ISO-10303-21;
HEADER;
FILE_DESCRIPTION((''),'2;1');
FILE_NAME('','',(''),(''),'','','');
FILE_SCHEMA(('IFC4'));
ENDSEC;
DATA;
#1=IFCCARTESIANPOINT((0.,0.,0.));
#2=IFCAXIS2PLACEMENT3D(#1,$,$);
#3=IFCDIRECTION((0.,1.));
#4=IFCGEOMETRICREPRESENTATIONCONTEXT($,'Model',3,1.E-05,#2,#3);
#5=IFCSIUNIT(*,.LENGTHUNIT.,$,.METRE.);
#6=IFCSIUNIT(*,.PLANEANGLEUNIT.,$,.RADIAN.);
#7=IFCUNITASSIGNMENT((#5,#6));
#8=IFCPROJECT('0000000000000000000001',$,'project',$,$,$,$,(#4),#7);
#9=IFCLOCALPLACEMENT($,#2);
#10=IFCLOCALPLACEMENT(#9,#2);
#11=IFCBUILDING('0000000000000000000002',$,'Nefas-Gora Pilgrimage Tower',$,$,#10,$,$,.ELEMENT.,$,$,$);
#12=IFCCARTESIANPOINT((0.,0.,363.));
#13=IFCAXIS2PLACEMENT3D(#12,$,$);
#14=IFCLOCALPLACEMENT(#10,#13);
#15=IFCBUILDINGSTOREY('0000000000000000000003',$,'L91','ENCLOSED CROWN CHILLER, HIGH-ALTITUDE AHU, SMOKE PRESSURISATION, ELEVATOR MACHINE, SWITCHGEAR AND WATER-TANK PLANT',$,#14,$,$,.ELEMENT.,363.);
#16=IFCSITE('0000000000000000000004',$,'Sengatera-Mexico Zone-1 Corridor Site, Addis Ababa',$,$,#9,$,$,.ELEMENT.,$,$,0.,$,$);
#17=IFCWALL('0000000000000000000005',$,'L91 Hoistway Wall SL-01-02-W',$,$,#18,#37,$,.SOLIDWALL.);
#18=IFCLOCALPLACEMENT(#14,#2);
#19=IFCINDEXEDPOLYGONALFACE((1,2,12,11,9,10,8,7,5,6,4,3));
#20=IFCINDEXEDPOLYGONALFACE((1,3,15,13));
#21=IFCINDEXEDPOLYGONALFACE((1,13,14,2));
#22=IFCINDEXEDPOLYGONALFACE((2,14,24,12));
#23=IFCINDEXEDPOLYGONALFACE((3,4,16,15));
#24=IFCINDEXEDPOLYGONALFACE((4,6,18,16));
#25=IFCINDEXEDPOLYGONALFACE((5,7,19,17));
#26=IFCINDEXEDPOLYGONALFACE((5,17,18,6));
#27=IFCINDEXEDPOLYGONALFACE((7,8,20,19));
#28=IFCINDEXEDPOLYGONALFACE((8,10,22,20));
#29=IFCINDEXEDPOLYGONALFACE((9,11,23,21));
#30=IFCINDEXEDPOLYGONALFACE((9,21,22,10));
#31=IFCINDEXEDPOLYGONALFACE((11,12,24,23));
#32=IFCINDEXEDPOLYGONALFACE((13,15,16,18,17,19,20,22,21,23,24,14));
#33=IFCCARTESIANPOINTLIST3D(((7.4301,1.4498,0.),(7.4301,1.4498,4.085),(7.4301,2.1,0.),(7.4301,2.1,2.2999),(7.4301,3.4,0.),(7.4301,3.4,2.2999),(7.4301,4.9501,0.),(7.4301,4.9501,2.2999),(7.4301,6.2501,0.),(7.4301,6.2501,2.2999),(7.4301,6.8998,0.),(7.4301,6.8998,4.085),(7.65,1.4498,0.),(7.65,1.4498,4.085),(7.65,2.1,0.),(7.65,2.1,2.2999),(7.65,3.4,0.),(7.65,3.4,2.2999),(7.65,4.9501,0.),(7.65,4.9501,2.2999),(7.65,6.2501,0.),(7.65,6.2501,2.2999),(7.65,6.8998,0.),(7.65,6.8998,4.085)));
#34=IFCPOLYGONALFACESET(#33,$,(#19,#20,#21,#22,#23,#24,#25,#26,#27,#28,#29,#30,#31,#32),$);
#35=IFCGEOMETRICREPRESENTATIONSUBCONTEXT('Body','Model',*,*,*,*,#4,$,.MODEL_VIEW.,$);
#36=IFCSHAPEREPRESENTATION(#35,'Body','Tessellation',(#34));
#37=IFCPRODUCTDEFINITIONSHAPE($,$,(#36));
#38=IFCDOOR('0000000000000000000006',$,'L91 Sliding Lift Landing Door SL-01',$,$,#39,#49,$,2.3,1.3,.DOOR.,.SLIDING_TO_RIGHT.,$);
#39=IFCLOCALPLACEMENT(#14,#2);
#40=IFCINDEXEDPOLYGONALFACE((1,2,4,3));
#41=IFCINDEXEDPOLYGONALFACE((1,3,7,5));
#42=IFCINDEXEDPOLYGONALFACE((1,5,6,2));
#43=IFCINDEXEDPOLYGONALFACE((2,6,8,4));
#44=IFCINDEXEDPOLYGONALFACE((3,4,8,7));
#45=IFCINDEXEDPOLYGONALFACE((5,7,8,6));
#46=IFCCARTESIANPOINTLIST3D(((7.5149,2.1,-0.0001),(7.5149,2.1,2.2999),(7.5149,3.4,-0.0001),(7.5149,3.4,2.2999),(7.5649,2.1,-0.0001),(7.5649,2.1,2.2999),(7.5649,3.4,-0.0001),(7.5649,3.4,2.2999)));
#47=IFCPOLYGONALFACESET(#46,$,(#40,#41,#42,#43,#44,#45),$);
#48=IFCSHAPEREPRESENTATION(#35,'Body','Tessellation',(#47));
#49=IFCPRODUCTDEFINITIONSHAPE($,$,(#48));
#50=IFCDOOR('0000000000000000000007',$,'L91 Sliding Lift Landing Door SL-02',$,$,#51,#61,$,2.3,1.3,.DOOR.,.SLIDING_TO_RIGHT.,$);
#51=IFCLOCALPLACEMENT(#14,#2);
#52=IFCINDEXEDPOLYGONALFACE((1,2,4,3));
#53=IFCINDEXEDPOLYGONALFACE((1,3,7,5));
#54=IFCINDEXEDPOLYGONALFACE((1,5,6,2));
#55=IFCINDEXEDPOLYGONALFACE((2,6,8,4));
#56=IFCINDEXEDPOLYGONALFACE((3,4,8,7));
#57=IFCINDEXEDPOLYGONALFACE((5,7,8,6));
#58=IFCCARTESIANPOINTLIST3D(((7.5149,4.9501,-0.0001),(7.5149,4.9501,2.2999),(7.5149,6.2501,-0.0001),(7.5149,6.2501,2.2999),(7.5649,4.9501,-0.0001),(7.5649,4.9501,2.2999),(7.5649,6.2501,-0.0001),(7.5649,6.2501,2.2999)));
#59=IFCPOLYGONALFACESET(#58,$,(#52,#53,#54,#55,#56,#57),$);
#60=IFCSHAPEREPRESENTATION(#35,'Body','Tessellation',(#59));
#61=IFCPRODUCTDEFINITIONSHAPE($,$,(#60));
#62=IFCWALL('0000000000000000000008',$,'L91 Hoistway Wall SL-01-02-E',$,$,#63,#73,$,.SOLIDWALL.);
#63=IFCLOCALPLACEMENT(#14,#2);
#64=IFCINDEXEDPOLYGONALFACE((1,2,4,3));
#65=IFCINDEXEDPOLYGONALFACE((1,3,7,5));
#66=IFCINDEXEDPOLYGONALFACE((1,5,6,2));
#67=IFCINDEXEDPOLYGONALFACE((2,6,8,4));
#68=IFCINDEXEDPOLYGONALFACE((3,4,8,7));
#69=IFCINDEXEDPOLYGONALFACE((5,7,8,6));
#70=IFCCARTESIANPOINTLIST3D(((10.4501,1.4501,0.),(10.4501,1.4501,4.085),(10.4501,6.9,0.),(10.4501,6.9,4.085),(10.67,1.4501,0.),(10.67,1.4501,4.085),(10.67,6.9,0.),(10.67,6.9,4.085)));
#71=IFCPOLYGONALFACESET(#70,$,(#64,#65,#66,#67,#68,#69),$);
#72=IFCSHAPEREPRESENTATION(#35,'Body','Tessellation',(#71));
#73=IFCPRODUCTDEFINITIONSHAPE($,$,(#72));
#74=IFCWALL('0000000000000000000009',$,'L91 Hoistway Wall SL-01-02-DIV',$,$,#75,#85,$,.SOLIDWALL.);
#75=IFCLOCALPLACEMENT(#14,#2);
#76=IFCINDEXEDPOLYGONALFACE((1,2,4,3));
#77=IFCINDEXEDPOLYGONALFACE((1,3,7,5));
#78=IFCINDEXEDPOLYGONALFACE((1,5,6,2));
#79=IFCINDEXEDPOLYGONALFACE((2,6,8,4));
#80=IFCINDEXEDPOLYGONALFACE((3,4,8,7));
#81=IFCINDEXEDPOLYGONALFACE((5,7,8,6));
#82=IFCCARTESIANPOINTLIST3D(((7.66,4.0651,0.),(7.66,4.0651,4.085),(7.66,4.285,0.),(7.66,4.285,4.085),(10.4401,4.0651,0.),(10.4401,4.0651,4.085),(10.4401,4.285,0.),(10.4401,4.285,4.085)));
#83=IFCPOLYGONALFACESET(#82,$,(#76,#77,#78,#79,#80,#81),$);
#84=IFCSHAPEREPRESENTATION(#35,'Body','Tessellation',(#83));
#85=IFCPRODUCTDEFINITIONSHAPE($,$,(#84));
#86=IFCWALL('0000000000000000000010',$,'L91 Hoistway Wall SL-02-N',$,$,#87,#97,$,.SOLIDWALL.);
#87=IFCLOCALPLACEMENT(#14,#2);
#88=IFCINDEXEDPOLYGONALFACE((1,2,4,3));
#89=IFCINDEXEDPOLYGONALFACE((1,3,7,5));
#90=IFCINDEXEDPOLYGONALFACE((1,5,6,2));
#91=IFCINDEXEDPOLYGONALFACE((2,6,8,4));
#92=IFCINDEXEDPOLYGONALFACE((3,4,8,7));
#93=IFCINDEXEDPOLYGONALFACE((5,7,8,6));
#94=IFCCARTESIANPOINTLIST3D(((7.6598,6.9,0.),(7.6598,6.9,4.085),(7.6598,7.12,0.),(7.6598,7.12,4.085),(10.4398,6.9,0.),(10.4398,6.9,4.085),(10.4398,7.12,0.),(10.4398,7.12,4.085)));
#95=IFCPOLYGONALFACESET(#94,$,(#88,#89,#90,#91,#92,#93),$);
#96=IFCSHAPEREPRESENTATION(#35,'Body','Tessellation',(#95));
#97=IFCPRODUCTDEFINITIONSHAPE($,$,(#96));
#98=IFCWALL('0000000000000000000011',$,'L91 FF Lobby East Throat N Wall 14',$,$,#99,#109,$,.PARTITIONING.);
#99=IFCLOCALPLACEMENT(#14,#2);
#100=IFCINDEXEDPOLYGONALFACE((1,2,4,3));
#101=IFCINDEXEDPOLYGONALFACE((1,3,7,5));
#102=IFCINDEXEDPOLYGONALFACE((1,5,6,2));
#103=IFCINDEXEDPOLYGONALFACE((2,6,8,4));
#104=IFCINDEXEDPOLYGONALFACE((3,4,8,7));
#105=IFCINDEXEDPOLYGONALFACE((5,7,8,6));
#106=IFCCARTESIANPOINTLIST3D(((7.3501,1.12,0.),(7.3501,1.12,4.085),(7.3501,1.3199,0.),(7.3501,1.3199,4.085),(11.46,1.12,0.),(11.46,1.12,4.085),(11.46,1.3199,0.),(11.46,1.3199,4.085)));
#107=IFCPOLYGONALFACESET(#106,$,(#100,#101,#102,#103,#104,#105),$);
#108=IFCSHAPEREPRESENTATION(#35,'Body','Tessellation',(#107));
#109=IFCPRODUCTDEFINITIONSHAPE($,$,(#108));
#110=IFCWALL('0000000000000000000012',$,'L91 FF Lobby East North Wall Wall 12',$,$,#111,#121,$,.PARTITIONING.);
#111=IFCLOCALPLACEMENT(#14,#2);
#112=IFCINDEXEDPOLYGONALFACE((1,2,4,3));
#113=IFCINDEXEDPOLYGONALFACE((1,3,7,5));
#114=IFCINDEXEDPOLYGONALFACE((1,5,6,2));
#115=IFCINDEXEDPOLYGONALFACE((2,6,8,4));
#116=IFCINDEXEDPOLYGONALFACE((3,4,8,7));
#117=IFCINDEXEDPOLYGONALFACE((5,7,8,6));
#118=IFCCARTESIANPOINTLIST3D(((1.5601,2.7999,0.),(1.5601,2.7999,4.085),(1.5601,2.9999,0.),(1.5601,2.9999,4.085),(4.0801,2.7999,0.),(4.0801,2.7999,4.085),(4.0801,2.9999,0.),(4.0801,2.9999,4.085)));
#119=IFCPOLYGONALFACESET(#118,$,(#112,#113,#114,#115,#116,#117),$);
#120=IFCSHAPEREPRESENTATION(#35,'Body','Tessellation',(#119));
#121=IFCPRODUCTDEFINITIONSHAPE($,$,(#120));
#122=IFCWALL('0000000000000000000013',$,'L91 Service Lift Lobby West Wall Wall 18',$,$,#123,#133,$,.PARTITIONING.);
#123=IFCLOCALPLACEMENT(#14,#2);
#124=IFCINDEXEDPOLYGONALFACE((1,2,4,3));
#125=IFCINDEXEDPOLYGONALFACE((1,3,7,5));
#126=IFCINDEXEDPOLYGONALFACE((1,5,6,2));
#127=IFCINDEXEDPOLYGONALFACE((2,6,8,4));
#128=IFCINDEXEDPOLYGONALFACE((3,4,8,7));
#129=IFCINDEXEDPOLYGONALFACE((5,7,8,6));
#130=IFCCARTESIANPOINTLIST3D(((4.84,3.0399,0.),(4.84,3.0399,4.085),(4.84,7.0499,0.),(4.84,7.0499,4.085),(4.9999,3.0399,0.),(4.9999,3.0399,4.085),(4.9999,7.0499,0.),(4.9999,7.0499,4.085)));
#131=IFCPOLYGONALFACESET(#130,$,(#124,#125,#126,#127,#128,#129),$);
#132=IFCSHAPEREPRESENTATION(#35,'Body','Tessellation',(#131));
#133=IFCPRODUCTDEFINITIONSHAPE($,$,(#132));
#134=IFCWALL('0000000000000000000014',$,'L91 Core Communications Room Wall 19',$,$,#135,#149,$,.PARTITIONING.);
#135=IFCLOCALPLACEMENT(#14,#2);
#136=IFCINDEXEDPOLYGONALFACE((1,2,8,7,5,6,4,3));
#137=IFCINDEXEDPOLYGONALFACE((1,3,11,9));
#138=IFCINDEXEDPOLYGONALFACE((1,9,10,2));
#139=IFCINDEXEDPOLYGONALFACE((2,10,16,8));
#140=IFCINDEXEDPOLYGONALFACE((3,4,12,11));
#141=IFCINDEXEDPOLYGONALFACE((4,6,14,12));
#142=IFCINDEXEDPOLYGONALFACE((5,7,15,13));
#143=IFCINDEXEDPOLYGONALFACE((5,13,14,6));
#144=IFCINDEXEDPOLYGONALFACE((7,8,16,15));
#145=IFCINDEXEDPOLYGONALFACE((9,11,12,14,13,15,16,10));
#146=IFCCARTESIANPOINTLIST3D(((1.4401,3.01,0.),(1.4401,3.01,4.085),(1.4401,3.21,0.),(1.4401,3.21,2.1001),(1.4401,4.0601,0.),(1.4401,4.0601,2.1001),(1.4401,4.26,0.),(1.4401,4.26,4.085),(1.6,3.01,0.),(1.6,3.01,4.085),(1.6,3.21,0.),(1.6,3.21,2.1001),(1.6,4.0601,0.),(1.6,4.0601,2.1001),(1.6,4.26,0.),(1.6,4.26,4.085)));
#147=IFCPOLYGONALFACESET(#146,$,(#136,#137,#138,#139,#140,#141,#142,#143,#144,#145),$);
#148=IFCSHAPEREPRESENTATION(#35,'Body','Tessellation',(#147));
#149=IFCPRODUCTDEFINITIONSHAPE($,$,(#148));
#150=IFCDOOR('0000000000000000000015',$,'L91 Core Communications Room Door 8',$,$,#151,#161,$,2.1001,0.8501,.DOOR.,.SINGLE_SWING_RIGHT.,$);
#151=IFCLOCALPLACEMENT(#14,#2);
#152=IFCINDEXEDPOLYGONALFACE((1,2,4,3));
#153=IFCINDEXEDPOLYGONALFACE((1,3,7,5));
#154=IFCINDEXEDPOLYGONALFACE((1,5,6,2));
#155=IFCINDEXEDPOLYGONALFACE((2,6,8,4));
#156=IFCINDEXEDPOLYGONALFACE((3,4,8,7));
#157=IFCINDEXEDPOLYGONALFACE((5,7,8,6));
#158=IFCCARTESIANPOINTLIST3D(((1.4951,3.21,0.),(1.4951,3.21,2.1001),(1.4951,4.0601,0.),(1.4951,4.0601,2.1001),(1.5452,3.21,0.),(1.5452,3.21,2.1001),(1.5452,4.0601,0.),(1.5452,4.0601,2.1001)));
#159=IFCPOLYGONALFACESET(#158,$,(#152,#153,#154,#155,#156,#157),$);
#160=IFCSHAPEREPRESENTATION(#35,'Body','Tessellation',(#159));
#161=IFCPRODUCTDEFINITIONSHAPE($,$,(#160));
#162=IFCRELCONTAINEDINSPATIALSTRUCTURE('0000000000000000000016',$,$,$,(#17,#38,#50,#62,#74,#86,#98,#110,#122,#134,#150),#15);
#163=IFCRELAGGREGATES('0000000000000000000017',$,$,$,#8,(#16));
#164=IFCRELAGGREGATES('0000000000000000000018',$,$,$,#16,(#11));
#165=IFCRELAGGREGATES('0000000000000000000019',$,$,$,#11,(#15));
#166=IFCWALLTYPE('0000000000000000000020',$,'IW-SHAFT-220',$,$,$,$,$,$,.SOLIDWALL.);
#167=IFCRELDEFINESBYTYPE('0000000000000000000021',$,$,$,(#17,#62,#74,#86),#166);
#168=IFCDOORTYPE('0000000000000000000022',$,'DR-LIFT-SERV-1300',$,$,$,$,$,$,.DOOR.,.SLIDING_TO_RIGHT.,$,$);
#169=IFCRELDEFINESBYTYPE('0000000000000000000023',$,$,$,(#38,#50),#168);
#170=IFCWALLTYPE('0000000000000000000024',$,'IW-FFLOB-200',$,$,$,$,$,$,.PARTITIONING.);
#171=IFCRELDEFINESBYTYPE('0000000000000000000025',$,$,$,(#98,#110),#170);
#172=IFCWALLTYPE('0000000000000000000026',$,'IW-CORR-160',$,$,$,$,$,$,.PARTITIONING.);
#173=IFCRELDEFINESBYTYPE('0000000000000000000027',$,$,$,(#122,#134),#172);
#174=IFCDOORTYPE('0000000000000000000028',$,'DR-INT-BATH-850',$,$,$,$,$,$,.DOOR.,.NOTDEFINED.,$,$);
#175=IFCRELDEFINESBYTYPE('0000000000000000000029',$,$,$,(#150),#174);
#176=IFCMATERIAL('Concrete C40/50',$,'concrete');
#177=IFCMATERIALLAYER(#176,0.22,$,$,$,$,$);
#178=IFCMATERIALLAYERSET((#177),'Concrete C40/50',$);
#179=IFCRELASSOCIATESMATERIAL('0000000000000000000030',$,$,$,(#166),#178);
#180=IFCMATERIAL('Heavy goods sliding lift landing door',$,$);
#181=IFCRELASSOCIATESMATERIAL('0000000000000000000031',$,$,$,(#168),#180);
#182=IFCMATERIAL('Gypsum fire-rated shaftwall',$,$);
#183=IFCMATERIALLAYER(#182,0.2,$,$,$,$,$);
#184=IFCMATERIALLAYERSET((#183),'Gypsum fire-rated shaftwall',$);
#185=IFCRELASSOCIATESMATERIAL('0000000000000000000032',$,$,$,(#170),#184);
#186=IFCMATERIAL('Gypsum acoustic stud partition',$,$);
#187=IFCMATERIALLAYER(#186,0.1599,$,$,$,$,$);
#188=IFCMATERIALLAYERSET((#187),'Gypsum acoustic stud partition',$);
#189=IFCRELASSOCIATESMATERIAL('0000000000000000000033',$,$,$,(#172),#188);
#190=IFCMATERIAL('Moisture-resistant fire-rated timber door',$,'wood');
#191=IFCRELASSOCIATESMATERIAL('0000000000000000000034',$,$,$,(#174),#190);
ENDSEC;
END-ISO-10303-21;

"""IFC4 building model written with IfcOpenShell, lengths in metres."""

from ifc_helpers import new_model, si_unit, direction, frame, frame_2d, origin, place, context, subcontext, project, spatial, rectangle, extrude, source, transform, mapped, material, layer, layer_set, type_object, element, fill, save


model = new_model("IFC4")

# Units and contexts
model_context = context("Model", 3, precision=1e-05, world=origin(), true_north=direction((0.0, 1.0)))
body_context = subcontext(model_context, "Body", "Model", "MODEL_VIEW")
ifc_project = project(units=[si_unit("LENGTHUNIT", "METRE"), si_unit("PLANEANGLEUNIT", "RADIAN")], contexts=[model_context])

# Site, building, storey
site_placement = place(None, origin())
site = spatial("IfcSite", under=ifc_project, at=site_placement, Name="Sengatera-Mexico Zone-1 Corridor Site, Addis Ababa", CompositionType="ELEMENT", RefElevation=0.0)
building_placement = place(site_placement, origin())
building = spatial("IfcBuilding", under=site, at=building_placement, Name="Nefas-Gora Pilgrimage Tower", CompositionType="ELEMENT")
storey_placement = place(building_placement, frame((0.0, 0.0, 363.0)))
storey = spatial("IfcBuildingStorey", under=building, at=storey_placement, Name="L91", Description="ENCLOSED CROWN CHILLER, HIGH-ALTITUDE AHU, SMOKE PRESSURISATION, ELEVATOR MACHINE, SWITCHGEAR AND WATER-TANK PLANT", CompositionType="ELEMENT", Elevation=363.0)

# Shared definitions
ifc_material_1 = material(Name="Concrete C40/50", Category="concrete")

# Wall, openings, doors
ifc_layer_1 = layer(ifc_material_1, 0.22)
ifc_layer_set_1 = layer_set([ifc_layer_1], Name="Concrete C40/50")
wall_type_1 = type_object("IfcWallType", Name="IW-SHAFT-220", PredefinedType="SOLIDWALL", material=ifc_layer_set_1)
shared_shape_1 = source(origin(), body_context, "Body", "SweptSolid", [
    extrude(rectangle(XDim=5.45, YDim=0.22, at=frame_2d((2.7251, 0.0))), origin(), (0.0, 0.0, 1.0), 4.085),
])
wall_1_placement = place(storey_placement, frame((7.54, 6.8999, 0.0), z_axis=(0.0, 0.0, 1.0), x_axis=(0.0, -1.0, 0.0)))
wall_1 = element("IfcWall", 1, at=wall_1_placement, inside=storey, type_object=wall_type_1, Name="L91 Hoistway Wall SL-01-02-W", PredefinedType="SOLIDWALL", context=body_context, shape_type="MappedRepresentation", body=[
    mapped(shared_shape_1, transform((0.0, 0.0, 0.0), x_axis=(1.0, 0.0, 0.0), y_axis=(0.0, 1.0, 0.0), z_axis=(0.0, 0.0, 1.0), scale=1.0)),
])
opening_1_placement = place(wall_1_placement, frame((3.5, 0.0, 0.0)))
opening_1 = element("IfcOpeningElement", 2, at=opening_1_placement, cuts=wall_1, PredefinedType="OPENING", context=body_context, shape_type="SweptSolid", body=[
    extrude(rectangle(XDim=1.3, YDim=2.3, at=frame_2d((0.6499, 1.1499))), frame((0.0, 0.1199, 0.0), z_axis=(0.0, -1.0, 0.0), x_axis=(1.0, 0.0, 0.0)), (0.0, 0.0, 1.0), 0.24),
])
opening_2_placement = place(wall_1_placement, frame((0.6499, 0.0, 0.0)))
opening_2 = element("IfcOpeningElement", 3, at=opening_2_placement, cuts=wall_1, PredefinedType="OPENING", context=body_context, shape_type="SweptSolid", body=[
    extrude(rectangle(XDim=1.3, YDim=2.3, at=frame_2d((0.6499, 1.1499))), frame((0.0, 0.1199, 0.0), z_axis=(0.0, -1.0, 0.0), x_axis=(1.0, 0.0, 0.0)), (0.0, 0.0, 1.0), 0.24),
])
ifc_material_2 = material(Name="Heavy goods sliding lift landing door")
door_type_1 = type_object("IfcDoorType", Name="DR-LIFT-SERV-1300", OperationType="SLIDING_TO_RIGHT", PredefinedType="DOOR", material=ifc_material_2)
shared_shape_2 = source(origin(), body_context, "Body", "SweptSolid", [
    extrude(rectangle(XDim=1.3, YDim=2.3, at=frame_2d((0.6499, 1.1499))), frame((0.0, 0.0249, 0.0), z_axis=(0.0, -1.0, 0.0), x_axis=(1.0, 0.0, 0.0)), (0.0, 0.0, 1.0), 0.05),
])
door_1_placement = place(opening_1_placement, origin())
door_1 = element("IfcDoor", 4, at=door_1_placement, inside=storey, type_object=door_type_1, Name="L91 Sliding Lift Landing Door SL-01", OperationType="SLIDING_TO_RIGHT", OverallHeight=2.3, OverallWidth=1.3, PredefinedType="DOOR", context=body_context, shape_type="MappedRepresentation", body=[
    mapped(shared_shape_2, transform((0.0, 0.0, 0.0), x_axis=(1.0, 0.0, 0.0), y_axis=(0.0, 1.0, 0.0), z_axis=(0.0, 0.0, 1.0), scale=1.0)),
])
fill(opening_1, door_1)
door_2_placement = place(opening_2_placement, origin())
door_2 = element("IfcDoor", 5, at=door_2_placement, inside=storey, type_object=door_type_1, Name="L91 Sliding Lift Landing Door SL-02", OperationType="SLIDING_TO_RIGHT", OverallHeight=2.3, OverallWidth=1.3, PredefinedType="DOOR", context=body_context, shape_type="MappedRepresentation", body=[
    mapped(shared_shape_2, transform((0.0, 0.0, 0.0), x_axis=(1.0, 0.0, 0.0), y_axis=(0.0, 1.0, 0.0), z_axis=(0.0, 0.0, 1.0), scale=1.0)),
])
fill(opening_2, door_2)

# Walls
wall_2_placement = place(storey_placement, frame((10.5601, 1.45, 0.0), z_axis=(0.0, 0.0, 1.0), x_axis=(0.0, 1.0, 0.0)))
element("IfcWall", 6, at=wall_2_placement, inside=storey, type_object=wall_type_1, Name="L91 Hoistway Wall SL-01-02-E", PredefinedType="SOLIDWALL", context=body_context, shape_type="MappedRepresentation", body=[
    mapped(shared_shape_1, transform((0.0, 0.0, 0.0), x_axis=(1.0, 0.0, 0.0), y_axis=(0.0, 1.0, 0.0), z_axis=(0.0, 0.0, 1.0), scale=1.0)),
])
shared_shape_3 = source(origin(), body_context, "Body", "SweptSolid", [
    extrude(rectangle(XDim=2.78, YDim=0.22, at=frame_2d((1.3901, 0.0))), origin(), (0.0, 0.0, 1.0), 4.085),
])
for number, where, z_axis, x_axis, name in (
    (7, (7.6599, 4.175, 0.0), (0.0, 0.0, 1.0), (1.0, 0.0, 0.0), "L91 Hoistway Wall SL-01-02-DIV"),
    (8, (10.4399, 7.01, 0.0), (0.0, 0.0, 1.0), (-1.0, 0.0, 0.0), "L91 Hoistway Wall SL-02-N"),
):
    element("IfcWall", number, at=place(storey_placement, frame(where, z_axis=z_axis, x_axis=x_axis)), inside=storey, type_object=wall_type_1, Name=name, PredefinedType="SOLIDWALL", context=body_context, shape_type="MappedRepresentation", body=[
        mapped(shared_shape_3, transform((0.0, 0.0, 0.0), x_axis=(1.0, 0.0, 0.0), y_axis=(0.0, 1.0, 0.0), z_axis=(0.0, 0.0, 1.0), scale=1.0)),
    ])

# Shared definitions
ifc_material_3 = material(Name="Gypsum fire-rated shaftwall")
ifc_layer_2 = layer(ifc_material_3, 0.2)
ifc_layer_set_2 = layer_set([ifc_layer_2], Name="Gypsum fire-rated shaftwall")
wall_type_2 = type_object("IfcWallType", Name="IW-FFLOB-200", PredefinedType="PARTITIONING", material=ifc_layer_set_2)

# Walls
shared_shape_4 = source(origin(), body_context, "Body", "SweptSolid", [
    extrude(rectangle(XDim=4.1099, YDim=0.2, at=frame_2d((2.0549, 0.0))), origin(), (0.0, 0.0, 1.0), 4.085),
])
wall_3_placement = place(storey_placement, frame((7.3501, 1.22, 0.0), z_axis=(0.0, 0.0, 1.0), x_axis=(1.0, 0.0, 0.0)))
element("IfcWall", 9, at=wall_3_placement, inside=storey, type_object=wall_type_2, Name="L91 FF Lobby East Throat N Wall 14", PredefinedType="PARTITIONING", context=body_context, shape_type="MappedRepresentation", body=[
    mapped(shared_shape_4, transform((0.0, 0.0, 0.0), x_axis=(1.0, 0.0, 0.0), y_axis=(0.0, 1.0, 0.0), z_axis=(0.0, 0.0, 1.0), scale=1.0)),
])
shared_shape_5 = source(origin(), body_context, "Body", "SweptSolid", [
    extrude(rectangle(XDim=2.52, YDim=0.2, at=frame_2d((1.26, 0.0))), origin(), (0.0, 0.0, 1.0), 4.085),
])
wall_4_placement = place(storey_placement, frame((1.5601, 2.8999, 0.0), z_axis=(0.0, 0.0, 1.0), x_axis=(1.0, 0.0, 0.0)))
element("IfcWall", 10, at=wall_4_placement, inside=storey, type_object=wall_type_2, Name="L91 FF Lobby East North Wall Wall 12", PredefinedType="PARTITIONING", context=body_context, shape_type="MappedRepresentation", body=[
    mapped(shared_shape_5, transform((0.0, 0.0, 0.0), x_axis=(1.0, 0.0, 0.0), y_axis=(0.0, 1.0, 0.0), z_axis=(0.0, 0.0, 1.0), scale=1.0)),
])
ifc_material_4 = material(Name="Gypsum acoustic stud partition")
ifc_layer_3 = layer(ifc_material_4, 0.1599)
ifc_layer_set_3 = layer_set([ifc_layer_3], Name="Gypsum acoustic stud partition")
wall_type_3 = type_object("IfcWallType", Name="IW-CORR-160", PredefinedType="PARTITIONING", material=ifc_layer_set_3)
shared_shape_6 = source(origin(), body_context, "Body", "SweptSolid", [
    extrude(rectangle(XDim=4.01, YDim=0.1599, at=frame_2d((2.0049, 0.0))), origin(), (0.0, 0.0, 1.0), 4.085),
])
wall_5_placement = place(storey_placement, frame((4.9199, 3.04, 0.0), z_axis=(0.0, 0.0, 1.0), x_axis=(0.0, 1.0, 0.0)))
element("IfcWall", 11, at=wall_5_placement, inside=storey, type_object=wall_type_3, Name="L91 Service Lift Lobby West Wall Wall 18", PredefinedType="PARTITIONING", context=body_context, shape_type="MappedRepresentation", body=[
    mapped(shared_shape_6, transform((0.0, 0.0, 0.0), x_axis=(1.0, 0.0, 0.0), y_axis=(0.0, 1.0, 0.0), z_axis=(0.0, 0.0, 1.0), scale=1.0)),
])

# Wall, opening, door
shared_shape_7 = source(origin(), body_context, "Body", "SweptSolid", [
    extrude(rectangle(XDim=1.25, YDim=0.1599, at=frame_2d((0.625, 0.0))), origin(), (0.0, 0.0, 1.0), 4.085),
])
wall_6_placement = place(storey_placement, frame((1.52, 3.01, 0.0), z_axis=(0.0, 0.0, 1.0), x_axis=(0.0, 1.0, 0.0)))
wall_6 = element("IfcWall", 12, at=wall_6_placement, inside=storey, type_object=wall_type_3, Name="L91 Core Communications Room Wall 19", PredefinedType="PARTITIONING", context=body_context, shape_type="MappedRepresentation", body=[
    mapped(shared_shape_7, transform((0.0, 0.0, 0.0), x_axis=(1.0, 0.0, 0.0), y_axis=(0.0, 1.0, 0.0), z_axis=(0.0, 0.0, 1.0), scale=1.0)),
])
opening_3_placement = place(wall_6_placement, frame((0.2, 0.0, 0.0)))
opening_3 = element("IfcOpeningElement", 13, at=opening_3_placement, cuts=wall_6, PredefinedType="OPENING", context=body_context, shape_type="SweptSolid", body=[
    extrude(rectangle(XDim=0.8501, YDim=2.1001, at=frame_2d((0.425, 1.05))), frame((0.0, 0.0898, 0.0), z_axis=(0.0, -1.0, 0.0), x_axis=(1.0, 0.0, 0.0)), (0.0, 0.0, 1.0), 0.1799),
])
ifc_material_5 = material(Name="Moisture-resistant fire-rated timber door", Category="wood")
door_type_2 = type_object("IfcDoorType", Name="DR-INT-BATH-850", OperationType="NOTDEFINED", PredefinedType="DOOR", material=ifc_material_5)
shared_shape_8 = source(origin(), body_context, "Body", "SweptSolid", [
    extrude(rectangle(XDim=0.8501, YDim=2.1001, at=frame_2d((0.425, 1.05))), frame((0.0, 0.0249, 0.0), z_axis=(0.0, -1.0, 0.0), x_axis=(1.0, 0.0, 0.0)), (0.0, 0.0, 1.0), 0.05),
])
door_3_placement = place(opening_3_placement, origin())
door_3 = element("IfcDoor", 14, at=door_3_placement, inside=storey, type_object=door_type_2, Name="L91 Core Communications Room Door 8", OperationType="SINGLE_SWING_RIGHT", OverallHeight=2.1001, OverallWidth=0.8501, PredefinedType="DOOR", context=body_context, shape_type="MappedRepresentation", body=[
    mapped(shared_shape_8, transform((0.0, 0.0, 0.0), x_axis=(1.0, 0.0, 0.0), y_axis=(0.0, 1.0, 0.0), z_axis=(0.0, 0.0, 1.0), scale=1.0)),
])
fill(opening_3, door_3)

save(model, "model.ifc")
